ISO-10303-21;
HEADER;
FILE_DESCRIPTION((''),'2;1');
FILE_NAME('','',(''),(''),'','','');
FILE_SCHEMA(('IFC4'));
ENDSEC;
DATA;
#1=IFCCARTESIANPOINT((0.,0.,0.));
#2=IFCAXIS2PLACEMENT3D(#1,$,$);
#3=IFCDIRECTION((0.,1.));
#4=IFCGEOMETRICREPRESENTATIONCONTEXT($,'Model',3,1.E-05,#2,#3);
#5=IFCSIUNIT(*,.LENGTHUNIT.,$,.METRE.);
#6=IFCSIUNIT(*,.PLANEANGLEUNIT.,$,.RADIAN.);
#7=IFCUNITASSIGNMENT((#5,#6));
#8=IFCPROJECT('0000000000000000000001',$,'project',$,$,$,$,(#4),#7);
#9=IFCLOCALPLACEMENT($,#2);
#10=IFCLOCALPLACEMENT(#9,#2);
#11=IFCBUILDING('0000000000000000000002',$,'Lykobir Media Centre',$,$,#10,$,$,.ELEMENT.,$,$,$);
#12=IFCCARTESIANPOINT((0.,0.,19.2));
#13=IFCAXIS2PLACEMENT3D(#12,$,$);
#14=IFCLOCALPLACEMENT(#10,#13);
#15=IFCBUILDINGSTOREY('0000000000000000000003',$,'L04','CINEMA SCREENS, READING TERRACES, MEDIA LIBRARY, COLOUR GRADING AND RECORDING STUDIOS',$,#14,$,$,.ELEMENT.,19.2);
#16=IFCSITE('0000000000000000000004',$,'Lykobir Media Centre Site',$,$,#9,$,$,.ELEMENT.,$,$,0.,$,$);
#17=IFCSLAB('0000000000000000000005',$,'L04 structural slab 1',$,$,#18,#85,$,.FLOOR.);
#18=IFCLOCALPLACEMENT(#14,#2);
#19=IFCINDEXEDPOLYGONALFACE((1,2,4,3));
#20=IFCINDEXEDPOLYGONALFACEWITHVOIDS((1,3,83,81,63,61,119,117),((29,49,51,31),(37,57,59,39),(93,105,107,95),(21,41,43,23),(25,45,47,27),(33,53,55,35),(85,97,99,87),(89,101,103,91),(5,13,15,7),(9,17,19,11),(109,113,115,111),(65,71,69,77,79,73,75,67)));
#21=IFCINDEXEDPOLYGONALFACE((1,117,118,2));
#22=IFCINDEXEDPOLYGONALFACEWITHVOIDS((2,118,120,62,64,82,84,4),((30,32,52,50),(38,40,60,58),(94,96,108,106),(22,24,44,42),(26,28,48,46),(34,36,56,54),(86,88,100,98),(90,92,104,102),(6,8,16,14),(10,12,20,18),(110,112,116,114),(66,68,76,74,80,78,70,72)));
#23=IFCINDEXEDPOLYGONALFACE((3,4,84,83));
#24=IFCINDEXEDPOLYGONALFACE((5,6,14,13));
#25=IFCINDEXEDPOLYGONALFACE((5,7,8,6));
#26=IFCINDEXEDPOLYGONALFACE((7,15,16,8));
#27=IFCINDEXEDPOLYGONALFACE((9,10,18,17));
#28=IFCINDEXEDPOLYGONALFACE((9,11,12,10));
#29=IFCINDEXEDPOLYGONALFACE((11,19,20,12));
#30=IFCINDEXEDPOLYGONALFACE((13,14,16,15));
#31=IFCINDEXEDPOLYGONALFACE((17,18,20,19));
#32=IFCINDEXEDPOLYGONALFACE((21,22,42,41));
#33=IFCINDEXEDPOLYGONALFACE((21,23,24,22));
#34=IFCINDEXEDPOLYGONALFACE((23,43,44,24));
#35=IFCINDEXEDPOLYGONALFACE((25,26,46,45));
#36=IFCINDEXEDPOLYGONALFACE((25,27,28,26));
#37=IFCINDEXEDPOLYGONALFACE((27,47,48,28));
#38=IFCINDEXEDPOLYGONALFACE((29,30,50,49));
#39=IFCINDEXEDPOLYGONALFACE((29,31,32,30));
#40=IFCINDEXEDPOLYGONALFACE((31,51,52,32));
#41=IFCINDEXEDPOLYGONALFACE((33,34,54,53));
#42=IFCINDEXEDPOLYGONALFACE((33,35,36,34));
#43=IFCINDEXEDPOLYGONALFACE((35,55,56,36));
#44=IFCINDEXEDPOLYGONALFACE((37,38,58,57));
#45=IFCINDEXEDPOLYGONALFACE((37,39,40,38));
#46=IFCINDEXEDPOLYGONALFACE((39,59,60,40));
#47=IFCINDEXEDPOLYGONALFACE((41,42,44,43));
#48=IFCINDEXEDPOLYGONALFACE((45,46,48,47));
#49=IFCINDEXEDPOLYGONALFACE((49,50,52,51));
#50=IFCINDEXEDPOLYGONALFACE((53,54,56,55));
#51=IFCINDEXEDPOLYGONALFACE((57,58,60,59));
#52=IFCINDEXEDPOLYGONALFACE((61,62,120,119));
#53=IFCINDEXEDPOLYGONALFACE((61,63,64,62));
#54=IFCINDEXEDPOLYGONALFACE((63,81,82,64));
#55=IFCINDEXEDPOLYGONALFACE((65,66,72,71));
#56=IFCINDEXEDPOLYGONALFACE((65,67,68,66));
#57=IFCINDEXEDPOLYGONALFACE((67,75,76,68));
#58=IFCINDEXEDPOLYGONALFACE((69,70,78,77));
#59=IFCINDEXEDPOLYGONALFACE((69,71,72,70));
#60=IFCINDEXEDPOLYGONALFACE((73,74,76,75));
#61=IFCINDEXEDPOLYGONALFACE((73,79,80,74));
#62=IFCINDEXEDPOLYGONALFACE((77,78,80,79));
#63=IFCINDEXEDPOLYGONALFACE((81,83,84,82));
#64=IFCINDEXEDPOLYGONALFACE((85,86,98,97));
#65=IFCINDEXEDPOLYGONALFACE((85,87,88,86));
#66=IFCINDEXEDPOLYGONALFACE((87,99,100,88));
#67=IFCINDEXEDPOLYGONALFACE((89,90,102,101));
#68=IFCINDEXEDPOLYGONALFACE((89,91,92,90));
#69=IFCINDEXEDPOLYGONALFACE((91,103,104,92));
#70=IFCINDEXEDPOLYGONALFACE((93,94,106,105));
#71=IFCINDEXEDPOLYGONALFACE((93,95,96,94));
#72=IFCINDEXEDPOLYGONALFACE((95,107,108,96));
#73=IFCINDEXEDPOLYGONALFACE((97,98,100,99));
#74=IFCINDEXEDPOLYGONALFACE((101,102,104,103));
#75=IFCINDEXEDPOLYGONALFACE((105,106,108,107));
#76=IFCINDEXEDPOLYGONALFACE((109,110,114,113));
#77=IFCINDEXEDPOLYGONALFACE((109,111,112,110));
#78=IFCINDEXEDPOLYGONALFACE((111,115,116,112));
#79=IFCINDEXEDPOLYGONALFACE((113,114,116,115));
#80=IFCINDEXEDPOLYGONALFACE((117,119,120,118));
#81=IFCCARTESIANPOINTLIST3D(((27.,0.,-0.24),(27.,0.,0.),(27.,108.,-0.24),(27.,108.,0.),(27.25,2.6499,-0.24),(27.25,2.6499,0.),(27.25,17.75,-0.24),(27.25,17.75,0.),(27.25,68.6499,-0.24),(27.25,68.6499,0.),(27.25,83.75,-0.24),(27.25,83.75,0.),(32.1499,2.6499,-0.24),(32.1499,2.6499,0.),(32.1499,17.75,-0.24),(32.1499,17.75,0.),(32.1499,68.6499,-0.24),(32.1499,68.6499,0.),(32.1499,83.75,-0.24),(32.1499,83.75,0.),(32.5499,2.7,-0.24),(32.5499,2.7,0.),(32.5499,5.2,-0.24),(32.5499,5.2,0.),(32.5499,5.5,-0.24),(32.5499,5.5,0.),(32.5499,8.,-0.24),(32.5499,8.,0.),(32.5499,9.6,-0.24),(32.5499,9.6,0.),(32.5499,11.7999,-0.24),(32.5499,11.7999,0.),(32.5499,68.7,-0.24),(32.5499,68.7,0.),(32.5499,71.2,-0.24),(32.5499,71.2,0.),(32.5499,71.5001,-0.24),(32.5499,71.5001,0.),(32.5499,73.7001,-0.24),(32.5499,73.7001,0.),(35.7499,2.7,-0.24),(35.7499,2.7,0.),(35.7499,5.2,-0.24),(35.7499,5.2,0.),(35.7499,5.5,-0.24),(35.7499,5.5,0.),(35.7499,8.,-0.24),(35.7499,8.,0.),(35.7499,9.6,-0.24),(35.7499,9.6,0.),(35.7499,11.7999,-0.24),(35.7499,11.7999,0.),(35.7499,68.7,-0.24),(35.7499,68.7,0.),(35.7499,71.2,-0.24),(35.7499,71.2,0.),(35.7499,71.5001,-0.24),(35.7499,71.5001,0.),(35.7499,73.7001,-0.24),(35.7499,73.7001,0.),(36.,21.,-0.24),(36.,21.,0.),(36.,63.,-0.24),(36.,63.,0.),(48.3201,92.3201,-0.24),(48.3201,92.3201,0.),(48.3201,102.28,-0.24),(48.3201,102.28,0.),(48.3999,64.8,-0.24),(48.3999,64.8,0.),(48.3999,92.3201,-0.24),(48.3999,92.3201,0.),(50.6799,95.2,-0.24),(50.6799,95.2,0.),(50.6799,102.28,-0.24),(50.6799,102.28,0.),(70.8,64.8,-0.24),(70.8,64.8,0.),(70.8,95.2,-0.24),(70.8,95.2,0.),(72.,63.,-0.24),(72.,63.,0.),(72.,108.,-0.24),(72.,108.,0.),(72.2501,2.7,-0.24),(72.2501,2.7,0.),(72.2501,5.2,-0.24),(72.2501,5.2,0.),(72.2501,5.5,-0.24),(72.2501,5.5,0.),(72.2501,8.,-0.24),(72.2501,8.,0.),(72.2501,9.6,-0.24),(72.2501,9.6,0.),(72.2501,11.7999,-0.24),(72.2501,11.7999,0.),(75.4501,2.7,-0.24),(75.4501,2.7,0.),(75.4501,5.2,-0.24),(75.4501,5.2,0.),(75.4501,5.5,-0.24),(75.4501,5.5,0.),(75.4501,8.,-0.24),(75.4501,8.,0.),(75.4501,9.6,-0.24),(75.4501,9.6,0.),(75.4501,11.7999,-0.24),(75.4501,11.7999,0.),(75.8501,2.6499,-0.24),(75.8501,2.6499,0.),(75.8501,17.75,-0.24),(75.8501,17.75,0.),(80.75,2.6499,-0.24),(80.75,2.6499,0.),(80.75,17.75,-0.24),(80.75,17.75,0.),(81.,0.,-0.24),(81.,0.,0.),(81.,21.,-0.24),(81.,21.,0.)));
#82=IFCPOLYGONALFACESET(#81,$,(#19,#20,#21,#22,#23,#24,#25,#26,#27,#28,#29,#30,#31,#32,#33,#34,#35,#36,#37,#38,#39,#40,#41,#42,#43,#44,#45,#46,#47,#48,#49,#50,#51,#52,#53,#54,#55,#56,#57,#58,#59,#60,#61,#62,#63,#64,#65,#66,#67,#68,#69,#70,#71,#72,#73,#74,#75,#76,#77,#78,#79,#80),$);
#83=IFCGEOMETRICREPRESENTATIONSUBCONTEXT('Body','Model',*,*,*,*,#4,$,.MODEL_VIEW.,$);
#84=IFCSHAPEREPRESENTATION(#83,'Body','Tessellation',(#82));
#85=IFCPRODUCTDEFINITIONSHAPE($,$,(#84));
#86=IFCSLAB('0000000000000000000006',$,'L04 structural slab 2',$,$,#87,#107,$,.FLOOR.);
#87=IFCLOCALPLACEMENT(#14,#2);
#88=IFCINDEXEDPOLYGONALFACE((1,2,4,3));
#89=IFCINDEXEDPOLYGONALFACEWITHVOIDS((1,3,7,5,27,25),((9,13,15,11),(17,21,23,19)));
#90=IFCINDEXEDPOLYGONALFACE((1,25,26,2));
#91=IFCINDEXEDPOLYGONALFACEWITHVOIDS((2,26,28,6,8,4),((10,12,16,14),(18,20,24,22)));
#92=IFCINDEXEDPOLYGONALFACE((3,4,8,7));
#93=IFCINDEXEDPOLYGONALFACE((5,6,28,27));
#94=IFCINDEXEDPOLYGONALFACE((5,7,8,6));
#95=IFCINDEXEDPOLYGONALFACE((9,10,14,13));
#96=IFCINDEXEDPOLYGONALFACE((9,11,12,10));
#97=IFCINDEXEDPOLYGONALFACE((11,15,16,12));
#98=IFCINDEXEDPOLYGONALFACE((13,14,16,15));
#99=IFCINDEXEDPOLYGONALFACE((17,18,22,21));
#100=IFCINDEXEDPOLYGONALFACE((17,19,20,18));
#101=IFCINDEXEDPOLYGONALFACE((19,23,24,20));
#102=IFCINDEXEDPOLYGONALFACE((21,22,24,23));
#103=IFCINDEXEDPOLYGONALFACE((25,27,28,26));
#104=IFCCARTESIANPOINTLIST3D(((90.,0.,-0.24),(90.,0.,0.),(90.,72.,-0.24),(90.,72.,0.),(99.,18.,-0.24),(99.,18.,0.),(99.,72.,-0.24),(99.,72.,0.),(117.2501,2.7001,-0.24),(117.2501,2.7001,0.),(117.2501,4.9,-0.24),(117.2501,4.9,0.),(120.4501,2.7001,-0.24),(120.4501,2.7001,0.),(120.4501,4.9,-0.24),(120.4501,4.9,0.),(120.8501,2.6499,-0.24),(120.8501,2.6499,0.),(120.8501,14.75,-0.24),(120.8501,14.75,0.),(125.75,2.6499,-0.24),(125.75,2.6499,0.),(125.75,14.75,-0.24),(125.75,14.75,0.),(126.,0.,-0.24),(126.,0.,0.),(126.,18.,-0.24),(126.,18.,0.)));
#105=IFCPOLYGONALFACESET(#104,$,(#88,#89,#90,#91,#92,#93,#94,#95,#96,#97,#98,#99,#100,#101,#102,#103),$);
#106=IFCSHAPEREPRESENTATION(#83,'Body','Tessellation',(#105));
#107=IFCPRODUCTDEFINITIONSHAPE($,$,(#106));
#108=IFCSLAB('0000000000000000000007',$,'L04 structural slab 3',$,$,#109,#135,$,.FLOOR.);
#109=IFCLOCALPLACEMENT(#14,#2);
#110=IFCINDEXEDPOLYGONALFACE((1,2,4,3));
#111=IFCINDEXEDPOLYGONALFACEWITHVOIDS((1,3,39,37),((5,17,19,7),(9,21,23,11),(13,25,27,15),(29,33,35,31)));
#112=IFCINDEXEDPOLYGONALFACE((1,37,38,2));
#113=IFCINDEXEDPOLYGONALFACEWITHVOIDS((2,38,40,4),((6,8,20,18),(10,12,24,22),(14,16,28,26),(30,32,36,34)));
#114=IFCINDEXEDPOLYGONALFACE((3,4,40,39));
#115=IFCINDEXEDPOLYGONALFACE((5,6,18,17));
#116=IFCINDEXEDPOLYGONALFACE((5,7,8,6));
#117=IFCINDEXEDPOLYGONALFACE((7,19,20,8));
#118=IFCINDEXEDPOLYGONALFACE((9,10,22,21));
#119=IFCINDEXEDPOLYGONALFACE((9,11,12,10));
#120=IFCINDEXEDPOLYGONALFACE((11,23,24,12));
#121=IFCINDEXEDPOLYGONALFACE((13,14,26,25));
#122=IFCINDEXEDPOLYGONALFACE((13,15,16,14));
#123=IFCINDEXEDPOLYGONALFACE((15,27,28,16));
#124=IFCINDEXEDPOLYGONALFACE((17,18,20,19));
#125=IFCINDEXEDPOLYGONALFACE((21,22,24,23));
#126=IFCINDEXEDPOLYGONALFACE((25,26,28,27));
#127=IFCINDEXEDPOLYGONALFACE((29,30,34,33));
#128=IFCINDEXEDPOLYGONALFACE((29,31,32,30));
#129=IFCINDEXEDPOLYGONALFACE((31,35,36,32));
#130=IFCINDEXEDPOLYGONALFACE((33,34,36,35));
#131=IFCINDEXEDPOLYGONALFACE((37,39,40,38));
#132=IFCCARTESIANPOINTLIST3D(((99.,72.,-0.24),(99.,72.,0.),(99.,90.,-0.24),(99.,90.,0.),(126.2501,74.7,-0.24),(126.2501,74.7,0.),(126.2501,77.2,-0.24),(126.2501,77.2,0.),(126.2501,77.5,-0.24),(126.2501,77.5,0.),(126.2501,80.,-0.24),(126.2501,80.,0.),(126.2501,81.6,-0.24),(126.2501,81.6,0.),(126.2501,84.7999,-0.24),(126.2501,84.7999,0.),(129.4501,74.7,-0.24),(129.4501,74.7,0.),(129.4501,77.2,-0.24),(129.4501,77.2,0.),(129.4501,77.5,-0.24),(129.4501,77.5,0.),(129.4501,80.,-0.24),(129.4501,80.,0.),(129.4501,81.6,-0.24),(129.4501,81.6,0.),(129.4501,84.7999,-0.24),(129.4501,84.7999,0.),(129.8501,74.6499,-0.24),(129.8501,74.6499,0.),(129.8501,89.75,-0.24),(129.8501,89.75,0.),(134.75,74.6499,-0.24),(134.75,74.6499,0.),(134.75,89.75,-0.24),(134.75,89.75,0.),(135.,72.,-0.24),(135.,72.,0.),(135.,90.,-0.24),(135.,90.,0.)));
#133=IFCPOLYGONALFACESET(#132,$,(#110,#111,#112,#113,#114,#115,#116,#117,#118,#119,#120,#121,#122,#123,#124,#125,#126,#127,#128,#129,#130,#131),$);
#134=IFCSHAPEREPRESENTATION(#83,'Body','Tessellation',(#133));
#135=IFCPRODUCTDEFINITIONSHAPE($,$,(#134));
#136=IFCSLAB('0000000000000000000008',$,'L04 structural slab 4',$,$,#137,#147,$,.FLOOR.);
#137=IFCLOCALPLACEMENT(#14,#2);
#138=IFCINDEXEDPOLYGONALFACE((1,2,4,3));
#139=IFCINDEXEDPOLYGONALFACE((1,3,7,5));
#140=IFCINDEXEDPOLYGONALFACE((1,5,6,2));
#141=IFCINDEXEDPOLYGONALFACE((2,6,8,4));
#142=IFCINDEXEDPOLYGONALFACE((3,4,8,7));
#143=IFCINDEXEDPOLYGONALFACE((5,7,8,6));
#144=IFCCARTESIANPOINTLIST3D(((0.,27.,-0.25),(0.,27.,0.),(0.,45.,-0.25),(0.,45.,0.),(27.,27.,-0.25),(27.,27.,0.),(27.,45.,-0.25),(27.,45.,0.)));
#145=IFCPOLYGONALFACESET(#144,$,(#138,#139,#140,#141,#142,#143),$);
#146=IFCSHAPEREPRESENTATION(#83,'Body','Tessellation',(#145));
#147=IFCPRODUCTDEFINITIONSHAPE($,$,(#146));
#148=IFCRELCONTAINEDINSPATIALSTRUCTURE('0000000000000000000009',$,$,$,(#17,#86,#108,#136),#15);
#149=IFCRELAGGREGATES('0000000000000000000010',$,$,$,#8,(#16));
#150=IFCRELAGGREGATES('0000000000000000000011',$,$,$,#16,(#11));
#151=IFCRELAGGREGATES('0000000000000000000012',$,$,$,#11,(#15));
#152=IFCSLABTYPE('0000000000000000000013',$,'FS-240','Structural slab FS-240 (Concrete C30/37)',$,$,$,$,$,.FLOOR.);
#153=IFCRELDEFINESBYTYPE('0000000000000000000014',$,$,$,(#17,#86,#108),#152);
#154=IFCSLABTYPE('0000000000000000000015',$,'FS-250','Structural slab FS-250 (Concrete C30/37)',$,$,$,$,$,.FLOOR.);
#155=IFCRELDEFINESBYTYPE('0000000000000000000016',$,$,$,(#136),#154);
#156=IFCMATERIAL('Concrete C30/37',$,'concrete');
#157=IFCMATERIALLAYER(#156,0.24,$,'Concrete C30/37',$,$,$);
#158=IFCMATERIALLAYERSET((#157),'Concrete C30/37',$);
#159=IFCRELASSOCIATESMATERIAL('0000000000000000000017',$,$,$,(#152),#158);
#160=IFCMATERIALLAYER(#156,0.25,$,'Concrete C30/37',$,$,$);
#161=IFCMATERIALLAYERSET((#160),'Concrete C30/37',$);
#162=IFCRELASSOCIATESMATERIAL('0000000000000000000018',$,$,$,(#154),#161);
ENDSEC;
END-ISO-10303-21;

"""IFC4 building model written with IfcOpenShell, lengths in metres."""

from ifc_helpers import new_model, si_unit, direction, frame, origin, origin_2d, place, context, subcontext, project, spatial, polyline, rectangle, outline, extrude, material, layer, layer_set, type_object, element, save


model = new_model("IFC4")

# Units and contexts
model_context = context("Model", 3, precision=1e-05, world=origin(), true_north=direction((0.0, 1.0)))
body_context = subcontext(model_context, "Body", "Model", "MODEL_VIEW")
ifc_project = project(units=[si_unit("LENGTHUNIT", "METRE"), si_unit("PLANEANGLEUNIT", "RADIAN")], contexts=[model_context])

# Site, building, storey
site_placement = place(None, origin())
site = spatial("IfcSite", under=ifc_project, at=site_placement, Name="Lykobir Media Centre Site", CompositionType="ELEMENT", RefElevation=0.0)
building_placement = place(site_placement, origin())
building = spatial("IfcBuilding", under=site, at=building_placement, Name="Lykobir Media Centre", CompositionType="ELEMENT")
storey_placement = place(building_placement, frame((0.0, 0.0, 19.2)))
storey = spatial("IfcBuildingStorey", under=building, at=storey_placement, Name="L04", Description="CINEMA SCREENS, READING TERRACES, MEDIA LIBRARY, COLOUR GRADING AND RECORDING STUDIOS", CompositionType="ELEMENT", Elevation=19.2)

# Slab, openings
ifc_material = material(Name="Concrete C30/37", Category="concrete")
ifc_layer_1 = layer(ifc_material, 0.24, Name="Concrete C30/37")
ifc_layer_set_1 = layer_set([ifc_layer_1], Name="Concrete C30/37")
slab_type_1 = type_object("IfcSlabType", Name="FS-240", Description="Structural slab FS-240 (Concrete C30/37)", PredefinedType="FLOOR", material=ifc_layer_set_1)
slab_1_placement = place(storey_placement, frame((0.0, 0.0, -0.24)))
slab_1 = element("IfcSlab", 1, at=slab_1_placement, inside=storey, type_object=slab_type_1, Name="L04 structural slab 1", PredefinedType="FLOOR", context=body_context, shape_type="SweptSolid", body=[
    extrude(outline(polyline([(36.0, 63.0), (72.0, 63.0), (72.0, 108.0), (27.0, 108.0), (27.0, 63.0), (27.0, 21.0), (27.0, 0.0), (81.0, 0.0), (81.0, 21.0), (36.0, 21.0), (36.0, 63.0)]), holes=[polyline([(32.1499, 2.6499), (27.25, 2.6499), (27.25, 17.75), (32.1499, 17.75), (32.1499, 2.6499)]), polyline([(80.75, 2.6499), (75.8501, 2.6499), (75.8501, 17.75), (80.75, 17.75), (80.75, 2.6499)]), polyline([(32.1499, 68.6499), (27.25, 68.6499), (27.25, 83.75), (32.1499, 83.75), (32.1499, 68.6499)]), polyline([(70.8, 64.8), (48.3999, 64.8), (48.3999, 92.3201), (48.3201, 92.3201), (48.3201, 102.28), (50.6799, 102.28), (50.6799, 95.2), (70.8, 95.2), (70.8, 64.8)])]), origin(), (0.0, 0.0, 1.0), 0.24),
])
opening_1_placement = place(slab_1_placement, frame((34.1499, 3.95, 0.0)))
element("IfcOpeningElement", 2, at=opening_1_placement, cuts=slab_1, PredefinedType="OPENING", context=body_context, shape_type="SweptSolid", body=[
    extrude(rectangle(XDim=3.2, YDim=2.5, at=origin_2d()), origin(), (0.0, 0.0, 1.0), 0.24),
])
opening_2_placement = place(slab_1_placement, frame((34.1499, 6.75, 0.0)))
element("IfcOpeningElement", 3, at=opening_2_placement, cuts=slab_1, PredefinedType="OPENING", context=body_context, shape_type="SweptSolid", body=[
    extrude(rectangle(XDim=3.2, YDim=2.5, at=origin_2d()), origin(), (0.0, 0.0, 1.0), 0.24),
])
opening_3_placement = place(slab_1_placement, frame((34.1499, 10.7, 0.0)))
element("IfcOpeningElement", 4, at=opening_3_placement, cuts=slab_1, PredefinedType="OPENING", context=body_context, shape_type="SweptSolid", body=[
    extrude(rectangle(XDim=3.2, YDim=2.2, at=origin_2d()), origin(), (0.0, 0.0, 1.0), 0.24),
])
opening_4_placement = place(slab_1_placement, frame((73.8501, 3.95, 0.0)))
element("IfcOpeningElement", 5, at=opening_4_placement, cuts=slab_1, PredefinedType="OPENING", context=body_context, shape_type="SweptSolid", body=[
    extrude(rectangle(XDim=3.2, YDim=2.5, at=origin_2d()), origin(), (0.0, 0.0, 1.0), 0.24),
])
opening_5_placement = place(slab_1_placement, frame((73.8501, 6.75, 0.0)))
element("IfcOpeningElement", 6, at=opening_5_placement, cuts=slab_1, PredefinedType="OPENING", context=body_context, shape_type="SweptSolid", body=[
    extrude(rectangle(XDim=3.2, YDim=2.5, at=origin_2d()), origin(), (0.0, 0.0, 1.0), 0.24),
])
opening_6_placement = place(slab_1_placement, frame((73.8501, 10.7, 0.0)))
element("IfcOpeningElement", 7, at=opening_6_placement, cuts=slab_1, PredefinedType="OPENING", context=body_context, shape_type="SweptSolid", body=[
    extrude(rectangle(XDim=3.2, YDim=2.2, at=origin_2d()), origin(), (0.0, 0.0, 1.0), 0.24),
])
opening_7_placement = place(slab_1_placement, frame((34.1499, 69.95, 0.0)))
element("IfcOpeningElement", 8, at=opening_7_placement, cuts=slab_1, PredefinedType="OPENING", context=body_context, shape_type="SweptSolid", body=[
    extrude(rectangle(XDim=3.2, YDim=2.5, at=origin_2d()), origin(), (0.0, 0.0, 1.0), 0.24),
])
opening_8_placement = place(slab_1_placement, frame((34.1499, 72.6001, 0.0)))
element("IfcOpeningElement", 9, at=opening_8_placement, cuts=slab_1, PredefinedType="OPENING", context=body_context, shape_type="SweptSolid", body=[
    extrude(rectangle(XDim=3.2, YDim=2.2, at=origin_2d()), origin(), (0.0, 0.0, 1.0), 0.24),
])

# Slab, opening
slab_2_placement = place(storey_placement, frame((0.0, 0.0, -0.24)))
slab_2 = element("IfcSlab", 10, at=slab_2_placement, inside=storey, type_object=slab_type_1, Name="L04 structural slab 2", PredefinedType="FLOOR", context=body_context, shape_type="SweptSolid", body=[
    extrude(outline(polyline([(99.0, 18.0), (99.0, 72.0), (90.0, 72.0), (90.0, 18.0), (90.0, 0.0), (126.0, 0.0), (126.0, 18.0), (99.0, 18.0)]), holes=[polyline([(125.75, 2.6499), (120.8501, 2.6499), (120.8501, 14.75), (125.75, 14.75), (125.75, 2.6499)])]), origin(), (0.0, 0.0, 1.0), 0.24),
])
opening_9_placement = place(slab_2_placement, frame((118.8501, 3.8, 0.0)))
element("IfcOpeningElement", 11, at=opening_9_placement, cuts=slab_2, PredefinedType="OPENING", context=body_context, shape_type="SweptSolid", body=[
    extrude(rectangle(XDim=3.2, YDim=2.2, at=origin_2d()), origin(), (0.0, 0.0, 1.0), 0.24),
])

# Slab, openings
slab_3_placement = place(storey_placement, frame((0.0, 0.0, -0.24)))
slab_3 = element("IfcSlab", 12, at=slab_3_placement, inside=storey, type_object=slab_type_1, Name="L04 structural slab 3", PredefinedType="FLOOR", context=body_context, shape_type="SweptSolid", body=[
    extrude(outline(polyline([(135.0, 90.0), (99.0, 90.0), (99.0, 72.0), (135.0, 72.0), (135.0, 90.0)]), holes=[polyline([(134.75, 74.6499), (129.8501, 74.6499), (129.8501, 89.75), (134.75, 89.75), (134.75, 74.6499)])]), origin(), (0.0, 0.0, 1.0), 0.24),
])
opening_10_placement = place(slab_3_placement, frame((127.8501, 75.95, 0.0)))
element("IfcOpeningElement", 13, at=opening_10_placement, cuts=slab_3, PredefinedType="OPENING", context=body_context, shape_type="SweptSolid", body=[
    extrude(rectangle(XDim=3.2, YDim=2.5, at=origin_2d()), origin(), (0.0, 0.0, 1.0), 0.24),
])
opening_11_placement = place(slab_3_placement, frame((127.8501, 78.75, 0.0)))
element("IfcOpeningElement", 14, at=opening_11_placement, cuts=slab_3, PredefinedType="OPENING", context=body_context, shape_type="SweptSolid", body=[
    extrude(rectangle(XDim=3.2, YDim=2.5, at=origin_2d()), origin(), (0.0, 0.0, 1.0), 0.24),
])
opening_12_placement = place(slab_3_placement, frame((127.8501, 83.2, 0.0)))
element("IfcOpeningElement", 15, at=opening_12_placement, cuts=slab_3, PredefinedType="OPENING", context=body_context, shape_type="SweptSolid", body=[
    extrude(rectangle(XDim=3.2, YDim=3.2, at=origin_2d()), origin(), (0.0, 0.0, 1.0), 0.24),
])

# Slab
ifc_layer_2 = layer(ifc_material, 0.25, Name="Concrete C30/37")
ifc_layer_set_2 = layer_set([ifc_layer_2], Name="Concrete C30/37")
slab_type_2 = type_object("IfcSlabType", Name="FS-250", Description="Structural slab FS-250 (Concrete C30/37)", PredefinedType="FLOOR", material=ifc_layer_set_2)
slab_4_placement = place(storey_placement, frame((0.0, 0.0, -0.25)))
element("IfcSlab", 16, at=slab_4_placement, inside=storey, type_object=slab_type_2, Name="L04 structural slab 4", PredefinedType="FLOOR", context=body_context, shape_type="SweptSolid", body=[
    extrude(outline(polyline([(27.0, 27.0), (27.0, 45.0), (0.0, 45.0), (0.0, 27.0), (27.0, 27.0)])), origin(), (0.0, 0.0, 1.0), 0.25),
])

save(model, "model.ifc")
